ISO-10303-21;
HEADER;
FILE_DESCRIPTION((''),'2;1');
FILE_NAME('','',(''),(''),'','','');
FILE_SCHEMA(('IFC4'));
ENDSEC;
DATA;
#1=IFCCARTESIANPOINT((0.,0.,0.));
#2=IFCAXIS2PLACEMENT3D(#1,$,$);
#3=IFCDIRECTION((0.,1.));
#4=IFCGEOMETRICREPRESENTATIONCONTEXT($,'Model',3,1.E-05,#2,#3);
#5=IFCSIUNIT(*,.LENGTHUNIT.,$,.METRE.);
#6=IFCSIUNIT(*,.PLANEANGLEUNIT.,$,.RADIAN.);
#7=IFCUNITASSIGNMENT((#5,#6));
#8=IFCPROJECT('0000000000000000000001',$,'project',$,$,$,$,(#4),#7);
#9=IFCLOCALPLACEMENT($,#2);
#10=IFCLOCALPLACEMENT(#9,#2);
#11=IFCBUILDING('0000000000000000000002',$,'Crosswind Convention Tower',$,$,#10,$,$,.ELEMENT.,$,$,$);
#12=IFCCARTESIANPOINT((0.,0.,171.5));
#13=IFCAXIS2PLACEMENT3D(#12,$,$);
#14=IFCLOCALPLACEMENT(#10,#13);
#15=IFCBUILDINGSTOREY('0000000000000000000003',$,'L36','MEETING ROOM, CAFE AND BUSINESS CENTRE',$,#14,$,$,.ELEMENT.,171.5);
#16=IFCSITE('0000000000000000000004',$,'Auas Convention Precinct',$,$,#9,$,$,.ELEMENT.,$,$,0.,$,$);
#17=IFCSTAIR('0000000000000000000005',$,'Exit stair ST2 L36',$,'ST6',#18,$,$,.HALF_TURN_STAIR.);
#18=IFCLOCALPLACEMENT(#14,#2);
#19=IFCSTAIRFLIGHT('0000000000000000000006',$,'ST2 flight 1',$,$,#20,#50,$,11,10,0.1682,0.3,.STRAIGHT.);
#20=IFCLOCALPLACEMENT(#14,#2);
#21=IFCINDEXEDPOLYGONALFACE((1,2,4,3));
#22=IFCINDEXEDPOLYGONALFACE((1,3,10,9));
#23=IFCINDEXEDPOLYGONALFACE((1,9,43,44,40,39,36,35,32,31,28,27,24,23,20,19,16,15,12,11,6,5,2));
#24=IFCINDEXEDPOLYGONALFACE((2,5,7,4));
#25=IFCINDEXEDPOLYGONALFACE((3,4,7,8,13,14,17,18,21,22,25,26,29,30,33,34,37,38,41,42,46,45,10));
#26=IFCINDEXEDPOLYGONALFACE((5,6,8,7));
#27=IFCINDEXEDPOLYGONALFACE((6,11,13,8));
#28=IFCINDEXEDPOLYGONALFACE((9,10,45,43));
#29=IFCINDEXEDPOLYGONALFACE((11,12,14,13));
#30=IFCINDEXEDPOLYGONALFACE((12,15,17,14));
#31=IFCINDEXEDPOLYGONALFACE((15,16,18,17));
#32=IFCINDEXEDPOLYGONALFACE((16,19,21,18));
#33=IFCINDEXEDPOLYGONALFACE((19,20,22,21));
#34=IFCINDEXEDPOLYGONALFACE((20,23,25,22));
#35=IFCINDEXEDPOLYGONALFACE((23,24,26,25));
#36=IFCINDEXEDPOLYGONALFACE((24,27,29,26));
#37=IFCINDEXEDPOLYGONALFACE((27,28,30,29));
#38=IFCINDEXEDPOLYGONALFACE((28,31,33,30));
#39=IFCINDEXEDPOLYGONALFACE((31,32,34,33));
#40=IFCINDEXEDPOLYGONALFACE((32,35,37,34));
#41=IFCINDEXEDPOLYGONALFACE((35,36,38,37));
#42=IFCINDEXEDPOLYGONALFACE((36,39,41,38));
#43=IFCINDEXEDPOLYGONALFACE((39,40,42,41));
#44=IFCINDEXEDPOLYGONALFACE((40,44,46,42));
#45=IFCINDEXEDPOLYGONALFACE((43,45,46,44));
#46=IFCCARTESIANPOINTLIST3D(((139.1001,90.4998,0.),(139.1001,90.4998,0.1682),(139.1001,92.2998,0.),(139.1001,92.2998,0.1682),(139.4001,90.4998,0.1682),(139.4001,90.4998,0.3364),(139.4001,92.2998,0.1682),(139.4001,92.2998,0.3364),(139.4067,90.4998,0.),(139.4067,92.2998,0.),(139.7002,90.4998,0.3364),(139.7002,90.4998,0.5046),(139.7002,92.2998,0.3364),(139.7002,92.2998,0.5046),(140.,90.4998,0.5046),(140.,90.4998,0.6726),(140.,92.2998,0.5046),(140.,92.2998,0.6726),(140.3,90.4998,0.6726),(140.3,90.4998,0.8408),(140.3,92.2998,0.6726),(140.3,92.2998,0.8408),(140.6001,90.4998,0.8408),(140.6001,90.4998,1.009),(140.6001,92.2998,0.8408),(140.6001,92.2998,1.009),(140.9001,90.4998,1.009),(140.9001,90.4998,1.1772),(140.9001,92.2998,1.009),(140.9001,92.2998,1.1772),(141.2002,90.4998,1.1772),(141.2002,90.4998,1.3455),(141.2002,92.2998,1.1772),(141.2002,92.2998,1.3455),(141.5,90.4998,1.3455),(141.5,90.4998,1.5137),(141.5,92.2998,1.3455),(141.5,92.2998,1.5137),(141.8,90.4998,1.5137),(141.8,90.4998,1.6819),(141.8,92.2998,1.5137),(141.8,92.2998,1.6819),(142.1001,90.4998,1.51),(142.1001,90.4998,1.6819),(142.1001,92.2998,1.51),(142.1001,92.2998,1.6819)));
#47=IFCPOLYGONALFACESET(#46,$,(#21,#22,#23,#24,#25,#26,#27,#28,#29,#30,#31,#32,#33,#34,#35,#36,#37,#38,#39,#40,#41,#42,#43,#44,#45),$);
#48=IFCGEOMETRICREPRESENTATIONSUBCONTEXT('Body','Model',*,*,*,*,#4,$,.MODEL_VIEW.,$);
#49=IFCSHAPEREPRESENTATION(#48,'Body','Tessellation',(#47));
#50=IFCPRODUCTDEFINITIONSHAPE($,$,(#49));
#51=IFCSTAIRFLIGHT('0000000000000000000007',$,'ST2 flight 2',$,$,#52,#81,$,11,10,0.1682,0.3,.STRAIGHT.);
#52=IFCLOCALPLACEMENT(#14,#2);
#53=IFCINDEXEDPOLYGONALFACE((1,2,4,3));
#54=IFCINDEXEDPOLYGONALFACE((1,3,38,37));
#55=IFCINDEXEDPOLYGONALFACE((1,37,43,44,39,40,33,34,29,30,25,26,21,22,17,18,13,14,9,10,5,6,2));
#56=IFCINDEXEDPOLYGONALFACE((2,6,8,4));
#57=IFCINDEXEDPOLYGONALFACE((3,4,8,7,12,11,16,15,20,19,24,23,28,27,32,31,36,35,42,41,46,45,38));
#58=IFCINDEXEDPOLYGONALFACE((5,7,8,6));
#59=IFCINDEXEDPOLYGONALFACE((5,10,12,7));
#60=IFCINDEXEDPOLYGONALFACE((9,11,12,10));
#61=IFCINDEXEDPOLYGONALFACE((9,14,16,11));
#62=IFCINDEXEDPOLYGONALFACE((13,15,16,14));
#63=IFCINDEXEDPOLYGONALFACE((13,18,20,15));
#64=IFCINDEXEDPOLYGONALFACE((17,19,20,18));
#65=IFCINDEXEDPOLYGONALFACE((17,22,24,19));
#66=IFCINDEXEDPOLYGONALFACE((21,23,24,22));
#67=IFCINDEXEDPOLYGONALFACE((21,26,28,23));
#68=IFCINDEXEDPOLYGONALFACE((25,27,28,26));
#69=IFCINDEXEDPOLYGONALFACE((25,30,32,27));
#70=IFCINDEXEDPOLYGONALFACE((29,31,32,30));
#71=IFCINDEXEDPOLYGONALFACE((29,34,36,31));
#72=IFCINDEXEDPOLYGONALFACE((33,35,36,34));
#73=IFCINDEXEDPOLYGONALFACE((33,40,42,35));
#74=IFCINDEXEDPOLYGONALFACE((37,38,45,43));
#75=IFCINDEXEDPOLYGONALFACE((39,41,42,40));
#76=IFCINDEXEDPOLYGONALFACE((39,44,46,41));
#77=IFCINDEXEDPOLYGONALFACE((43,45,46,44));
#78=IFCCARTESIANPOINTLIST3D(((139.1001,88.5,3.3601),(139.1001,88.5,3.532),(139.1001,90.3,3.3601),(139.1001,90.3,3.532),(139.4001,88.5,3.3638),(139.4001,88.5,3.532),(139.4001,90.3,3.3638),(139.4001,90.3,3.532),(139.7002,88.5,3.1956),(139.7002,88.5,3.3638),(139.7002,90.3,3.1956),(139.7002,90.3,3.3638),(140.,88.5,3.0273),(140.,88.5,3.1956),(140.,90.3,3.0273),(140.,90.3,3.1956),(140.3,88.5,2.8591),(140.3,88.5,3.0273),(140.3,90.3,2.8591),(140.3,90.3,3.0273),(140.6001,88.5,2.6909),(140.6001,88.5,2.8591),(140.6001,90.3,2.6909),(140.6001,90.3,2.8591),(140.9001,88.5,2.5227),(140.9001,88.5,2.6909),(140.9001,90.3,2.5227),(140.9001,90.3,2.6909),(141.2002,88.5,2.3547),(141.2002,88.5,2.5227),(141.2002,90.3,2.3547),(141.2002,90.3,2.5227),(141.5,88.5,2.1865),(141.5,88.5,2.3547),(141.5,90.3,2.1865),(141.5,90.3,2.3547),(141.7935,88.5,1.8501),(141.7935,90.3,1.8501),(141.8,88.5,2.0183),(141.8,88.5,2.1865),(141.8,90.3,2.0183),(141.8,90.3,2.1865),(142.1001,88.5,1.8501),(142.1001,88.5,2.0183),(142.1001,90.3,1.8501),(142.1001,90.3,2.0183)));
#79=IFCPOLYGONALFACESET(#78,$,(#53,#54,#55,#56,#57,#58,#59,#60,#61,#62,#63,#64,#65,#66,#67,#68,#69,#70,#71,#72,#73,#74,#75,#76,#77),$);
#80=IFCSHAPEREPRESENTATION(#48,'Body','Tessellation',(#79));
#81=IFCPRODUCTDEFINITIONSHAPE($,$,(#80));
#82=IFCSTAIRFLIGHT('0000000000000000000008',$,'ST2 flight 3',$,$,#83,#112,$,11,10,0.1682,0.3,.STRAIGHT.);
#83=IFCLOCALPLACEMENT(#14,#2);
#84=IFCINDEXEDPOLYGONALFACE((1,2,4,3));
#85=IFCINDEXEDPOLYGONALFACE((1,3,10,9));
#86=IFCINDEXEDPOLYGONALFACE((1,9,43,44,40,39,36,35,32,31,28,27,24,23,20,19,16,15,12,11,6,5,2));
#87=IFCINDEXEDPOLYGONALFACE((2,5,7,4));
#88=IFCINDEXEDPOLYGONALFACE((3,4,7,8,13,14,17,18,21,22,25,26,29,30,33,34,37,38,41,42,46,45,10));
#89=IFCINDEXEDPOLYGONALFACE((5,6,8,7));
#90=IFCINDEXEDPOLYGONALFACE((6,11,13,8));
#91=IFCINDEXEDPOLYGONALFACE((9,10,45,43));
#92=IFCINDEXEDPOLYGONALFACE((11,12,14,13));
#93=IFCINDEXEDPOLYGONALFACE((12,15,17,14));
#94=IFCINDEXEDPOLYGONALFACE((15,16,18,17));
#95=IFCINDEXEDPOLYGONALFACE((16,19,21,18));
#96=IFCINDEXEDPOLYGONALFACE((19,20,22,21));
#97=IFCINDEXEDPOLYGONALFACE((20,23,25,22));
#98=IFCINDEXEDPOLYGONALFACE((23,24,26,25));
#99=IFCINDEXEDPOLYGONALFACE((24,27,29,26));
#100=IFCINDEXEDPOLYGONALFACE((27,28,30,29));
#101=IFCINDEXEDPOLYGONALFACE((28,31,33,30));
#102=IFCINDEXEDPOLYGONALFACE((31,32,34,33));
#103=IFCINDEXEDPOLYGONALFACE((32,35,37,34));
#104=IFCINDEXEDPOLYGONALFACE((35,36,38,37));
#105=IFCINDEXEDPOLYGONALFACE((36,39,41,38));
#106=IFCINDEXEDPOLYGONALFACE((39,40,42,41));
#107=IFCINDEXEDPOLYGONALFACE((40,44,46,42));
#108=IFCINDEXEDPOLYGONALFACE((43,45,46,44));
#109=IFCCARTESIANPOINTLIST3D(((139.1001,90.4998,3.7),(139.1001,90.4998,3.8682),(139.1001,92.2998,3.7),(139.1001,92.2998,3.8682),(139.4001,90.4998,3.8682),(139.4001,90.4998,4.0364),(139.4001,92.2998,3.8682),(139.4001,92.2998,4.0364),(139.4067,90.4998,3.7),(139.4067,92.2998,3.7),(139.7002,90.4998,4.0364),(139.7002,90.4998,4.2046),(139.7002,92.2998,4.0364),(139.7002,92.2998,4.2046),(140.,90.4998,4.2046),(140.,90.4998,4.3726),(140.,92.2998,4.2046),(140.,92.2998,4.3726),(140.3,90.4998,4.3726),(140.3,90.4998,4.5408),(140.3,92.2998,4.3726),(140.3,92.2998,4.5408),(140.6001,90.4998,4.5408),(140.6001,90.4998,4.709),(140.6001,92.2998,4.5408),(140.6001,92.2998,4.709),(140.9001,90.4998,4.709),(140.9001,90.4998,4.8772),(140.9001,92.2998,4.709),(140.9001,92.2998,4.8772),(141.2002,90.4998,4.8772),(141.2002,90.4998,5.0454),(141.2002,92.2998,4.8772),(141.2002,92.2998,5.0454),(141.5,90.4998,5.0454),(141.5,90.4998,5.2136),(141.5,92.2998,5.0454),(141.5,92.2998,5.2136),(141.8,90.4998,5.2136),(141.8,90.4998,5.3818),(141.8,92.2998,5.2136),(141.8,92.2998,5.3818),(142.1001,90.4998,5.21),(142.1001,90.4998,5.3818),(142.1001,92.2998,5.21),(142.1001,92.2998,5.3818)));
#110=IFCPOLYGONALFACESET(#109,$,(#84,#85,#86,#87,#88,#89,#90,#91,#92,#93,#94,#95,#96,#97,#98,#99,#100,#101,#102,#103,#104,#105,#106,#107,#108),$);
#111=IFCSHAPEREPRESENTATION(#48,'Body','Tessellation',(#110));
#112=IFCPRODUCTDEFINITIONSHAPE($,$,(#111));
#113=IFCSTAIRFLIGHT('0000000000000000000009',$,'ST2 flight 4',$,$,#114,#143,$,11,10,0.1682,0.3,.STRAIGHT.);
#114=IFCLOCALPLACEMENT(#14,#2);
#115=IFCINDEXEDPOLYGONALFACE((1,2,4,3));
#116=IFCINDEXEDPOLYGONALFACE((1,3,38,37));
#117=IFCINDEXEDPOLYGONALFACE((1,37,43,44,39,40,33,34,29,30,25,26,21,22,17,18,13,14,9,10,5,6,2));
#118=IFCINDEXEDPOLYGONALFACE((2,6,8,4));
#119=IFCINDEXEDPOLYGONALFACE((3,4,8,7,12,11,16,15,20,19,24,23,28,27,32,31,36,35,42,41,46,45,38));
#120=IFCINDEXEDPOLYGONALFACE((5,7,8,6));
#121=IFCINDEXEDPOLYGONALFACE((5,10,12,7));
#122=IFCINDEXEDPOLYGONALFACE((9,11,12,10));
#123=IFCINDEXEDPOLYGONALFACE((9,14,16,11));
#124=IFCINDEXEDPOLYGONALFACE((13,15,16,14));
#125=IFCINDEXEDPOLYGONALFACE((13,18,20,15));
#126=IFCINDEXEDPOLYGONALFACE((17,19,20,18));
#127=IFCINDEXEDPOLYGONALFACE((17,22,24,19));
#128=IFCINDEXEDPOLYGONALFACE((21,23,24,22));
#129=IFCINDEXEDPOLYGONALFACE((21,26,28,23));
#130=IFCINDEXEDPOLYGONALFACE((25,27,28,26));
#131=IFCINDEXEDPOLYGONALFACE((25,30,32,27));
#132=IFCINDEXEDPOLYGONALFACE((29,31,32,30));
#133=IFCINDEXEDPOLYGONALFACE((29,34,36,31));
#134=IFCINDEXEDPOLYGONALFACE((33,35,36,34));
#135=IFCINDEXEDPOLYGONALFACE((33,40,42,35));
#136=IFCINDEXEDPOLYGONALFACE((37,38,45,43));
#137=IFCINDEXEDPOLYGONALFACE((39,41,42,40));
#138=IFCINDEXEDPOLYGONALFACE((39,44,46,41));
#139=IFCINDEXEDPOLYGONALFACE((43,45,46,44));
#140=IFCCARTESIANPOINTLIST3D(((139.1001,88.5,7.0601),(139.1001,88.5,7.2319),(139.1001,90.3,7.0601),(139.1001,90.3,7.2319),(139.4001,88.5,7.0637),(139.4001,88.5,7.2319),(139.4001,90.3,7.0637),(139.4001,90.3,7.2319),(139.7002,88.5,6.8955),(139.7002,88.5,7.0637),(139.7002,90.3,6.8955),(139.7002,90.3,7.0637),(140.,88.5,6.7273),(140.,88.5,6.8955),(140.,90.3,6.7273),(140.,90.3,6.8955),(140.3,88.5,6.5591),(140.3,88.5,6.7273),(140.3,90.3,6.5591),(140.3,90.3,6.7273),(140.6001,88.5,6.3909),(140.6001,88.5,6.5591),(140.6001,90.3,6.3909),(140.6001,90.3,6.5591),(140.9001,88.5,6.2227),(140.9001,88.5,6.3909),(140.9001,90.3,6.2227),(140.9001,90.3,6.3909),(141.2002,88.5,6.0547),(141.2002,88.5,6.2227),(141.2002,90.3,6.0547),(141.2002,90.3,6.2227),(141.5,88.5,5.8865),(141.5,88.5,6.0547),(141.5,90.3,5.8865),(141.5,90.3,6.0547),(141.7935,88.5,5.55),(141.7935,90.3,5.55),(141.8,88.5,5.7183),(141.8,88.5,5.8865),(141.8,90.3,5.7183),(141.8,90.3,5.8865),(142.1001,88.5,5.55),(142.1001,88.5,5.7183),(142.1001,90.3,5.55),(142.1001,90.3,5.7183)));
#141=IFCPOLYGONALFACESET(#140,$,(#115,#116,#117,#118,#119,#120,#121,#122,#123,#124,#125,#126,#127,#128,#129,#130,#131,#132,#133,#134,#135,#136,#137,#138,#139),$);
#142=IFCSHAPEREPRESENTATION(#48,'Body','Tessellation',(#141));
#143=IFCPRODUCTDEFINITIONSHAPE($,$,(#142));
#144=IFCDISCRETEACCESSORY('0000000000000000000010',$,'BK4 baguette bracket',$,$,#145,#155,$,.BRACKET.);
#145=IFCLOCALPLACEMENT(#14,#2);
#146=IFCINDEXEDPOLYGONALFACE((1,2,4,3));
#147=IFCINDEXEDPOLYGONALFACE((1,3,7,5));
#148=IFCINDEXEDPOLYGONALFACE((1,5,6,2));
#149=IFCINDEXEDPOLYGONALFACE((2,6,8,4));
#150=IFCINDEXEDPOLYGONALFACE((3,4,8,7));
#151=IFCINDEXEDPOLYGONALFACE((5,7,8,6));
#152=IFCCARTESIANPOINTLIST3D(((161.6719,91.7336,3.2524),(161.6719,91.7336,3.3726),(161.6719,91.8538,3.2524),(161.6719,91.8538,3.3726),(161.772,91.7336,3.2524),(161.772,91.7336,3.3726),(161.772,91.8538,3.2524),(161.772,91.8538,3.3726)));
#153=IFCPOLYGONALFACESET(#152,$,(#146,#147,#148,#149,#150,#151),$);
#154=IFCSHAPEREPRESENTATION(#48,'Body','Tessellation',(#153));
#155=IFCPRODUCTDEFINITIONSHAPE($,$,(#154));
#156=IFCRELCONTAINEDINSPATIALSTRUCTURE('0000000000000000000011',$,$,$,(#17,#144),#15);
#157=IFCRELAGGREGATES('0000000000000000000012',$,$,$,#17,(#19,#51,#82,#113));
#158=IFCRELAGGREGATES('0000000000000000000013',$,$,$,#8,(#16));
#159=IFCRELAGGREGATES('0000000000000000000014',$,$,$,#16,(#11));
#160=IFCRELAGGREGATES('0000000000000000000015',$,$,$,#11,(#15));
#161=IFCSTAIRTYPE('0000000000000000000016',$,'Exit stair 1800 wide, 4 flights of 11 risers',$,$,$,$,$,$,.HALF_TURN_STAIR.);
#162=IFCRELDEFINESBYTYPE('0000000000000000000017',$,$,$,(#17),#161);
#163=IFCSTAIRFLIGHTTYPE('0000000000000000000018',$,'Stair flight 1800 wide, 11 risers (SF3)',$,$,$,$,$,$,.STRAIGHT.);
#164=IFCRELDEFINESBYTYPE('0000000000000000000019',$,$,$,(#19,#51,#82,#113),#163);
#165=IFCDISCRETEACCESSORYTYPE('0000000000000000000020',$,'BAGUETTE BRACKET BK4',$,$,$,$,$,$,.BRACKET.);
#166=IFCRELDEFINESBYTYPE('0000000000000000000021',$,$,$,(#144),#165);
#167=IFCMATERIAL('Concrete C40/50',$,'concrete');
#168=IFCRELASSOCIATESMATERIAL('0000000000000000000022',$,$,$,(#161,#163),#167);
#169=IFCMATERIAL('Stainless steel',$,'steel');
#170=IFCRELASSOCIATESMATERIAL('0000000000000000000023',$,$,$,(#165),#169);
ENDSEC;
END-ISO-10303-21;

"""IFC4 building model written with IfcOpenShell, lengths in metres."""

from ifc_helpers import new_model, si_unit, direction, frame, origin, origin_2d, place, context, subcontext, project, spatial, polyline, rectangle, outline, extrude, material, type_object, element, aggregate, save


model = new_model("IFC4")

# Units and contexts
model_context = context("Model", 3, precision=1e-05, world=origin(), true_north=direction((0.0, 1.0)))
body_context = subcontext(model_context, "Body", "Model", "MODEL_VIEW")
ifc_project = project(units=[si_unit("LENGTHUNIT", "METRE"), si_unit("PLANEANGLEUNIT", "RADIAN")], contexts=[model_context])

# Site, building, storey
site_placement = place(None, origin())
site = spatial("IfcSite", under=ifc_project, at=site_placement, Name="Auas Convention Precinct", CompositionType="ELEMENT", RefElevation=0.0)
building_placement = place(site_placement, origin())
building = spatial("IfcBuilding", under=site, at=building_placement, Name="Crosswind Convention Tower", CompositionType="ELEMENT")
storey_placement = place(building_placement, frame((0.0, 0.0, 171.5)))
storey = spatial("IfcBuildingStorey", under=building, at=storey_placement, Name="L36", Description="MEETING ROOM, CAFE AND BUSINESS CENTRE", CompositionType="ELEMENT", Elevation=171.5)

# Stair, stair flights
ifc_material_1 = material(Name="Concrete C40/50", Category="concrete")
stair_type = type_object("IfcStairType", Name="Exit stair 1800 wide, 4 flights of 11 risers", PredefinedType="HALF_TURN_STAIR", material=ifc_material_1)
stair_placement = place(storey_placement, origin())
stair = element("IfcStair", 1, at=stair_placement, inside=storey, type_object=stair_type, Name="Exit stair ST2 L36", ObjectType="ST6", PredefinedType="HALF_TURN_STAIR")
stair_flight_type = type_object("IfcStairFlightType", Name="Stair flight 1800 wide, 11 risers (SF3)", PredefinedType="STRAIGHT", material=ifc_material_1)
stair_flight_1_placement = place(storey_placement, frame((139.1001, 91.3999, 0.0), z_axis=(0.0, 0.0, 1.0), x_axis=(1.0, 0.0, 0.0)))
stair_flight_1 = element("IfcStairFlight", 2, at=stair_flight_1_placement, type_object=stair_flight_type, Name="ST2 flight 1", NumberOfRisers=11, NumberOfTreads=10, PredefinedType="STRAIGHT", RiserHeight=0.1682, TreadLength=0.3, context=body_context, shape_type="SweptSolid", body=[
    extrude(outline(polyline([(0.0, 0.0), (0.0, 0.1682), (0.3, 0.1682), (0.3, 0.3364), (0.6001, 0.3364), (0.6001, 0.5046), (0.8999, 0.5046), (0.8999, 0.6726), (1.2, 0.6726), (1.2, 0.8408), (1.5, 0.8408), (1.5, 1.009), (1.8, 1.009), (1.8, 1.1772), (2.1001, 1.1772), (2.1001, 1.3455), (2.3999, 1.3455), (2.3999, 1.5137), (2.7, 1.5137), (2.7, 1.6819), (3.0, 1.6819), (3.0, 1.8501), (3.0, 1.51), (0.3066, 0.0), (0.0, 0.0)])), frame((0.0, 0.8999, 0.0), z_axis=(0.0, -1.0, 0.0), x_axis=(1.0, 0.0, 0.0)), (0.0, 0.0, 1.0), 1.8),
])
stair_flight_2_placement = place(storey_placement, frame((142.1001, 89.3999, 1.8501), z_axis=(0.0, 0.0, 1.0), x_axis=(-1.0, 0.0, 0.0)))
stair_flight_2 = element("IfcStairFlight", 3, at=stair_flight_2_placement, type_object=stair_flight_type, Name="ST2 flight 2", NumberOfRisers=11, NumberOfTreads=10, PredefinedType="STRAIGHT", RiserHeight=0.1682, TreadLength=0.3, context=body_context, shape_type="SweptSolid", body=[
    extrude(outline(polyline([(0.0, 0.0), (0.0, 0.1682), (0.3, 0.1682), (0.3, 0.3364), (0.6001, 0.3364), (0.6001, 0.5046), (0.8999, 0.5046), (0.8999, 0.6726), (1.2, 0.6726), (1.2, 0.8408), (1.5, 0.8408), (1.5, 1.009), (1.8, 1.009), (1.8, 1.1772), (2.1001, 1.1772), (2.1001, 1.3455), (2.3999, 1.3455), (2.3999, 1.5137), (2.7, 1.5137), (2.7, 1.6819), (3.0, 1.6819), (3.0, 1.8501), (3.0, 1.51), (0.3066, 0.0), (0.0, 0.0)])), frame((0.0, 0.8999, 0.0), z_axis=(0.0, -1.0, 0.0), x_axis=(1.0, 0.0, 0.0)), (0.0, 0.0, 1.0), 1.8),
])
stair_flight_3_placement = place(storey_placement, frame((139.1001, 91.3999, 3.7), z_axis=(0.0, 0.0, 1.0), x_axis=(1.0, 0.0, 0.0)))
stair_flight_3 = element("IfcStairFlight", 4, at=stair_flight_3_placement, type_object=stair_flight_type, Name="ST2 flight 3", NumberOfRisers=11, NumberOfTreads=10, PredefinedType="STRAIGHT", RiserHeight=0.1682, TreadLength=0.3, context=body_context, shape_type="SweptSolid", body=[
    extrude(outline(polyline([(0.0, 0.0), (0.0, 0.1682), (0.3, 0.1682), (0.3, 0.3364), (0.6001, 0.3364), (0.6001, 0.5046), (0.8999, 0.5046), (0.8999, 0.6726), (1.2, 0.6726), (1.2, 0.8408), (1.5, 0.8408), (1.5, 1.009), (1.8, 1.009), (1.8, 1.1772), (2.1001, 1.1772), (2.1001, 1.3455), (2.3999, 1.3455), (2.3999, 1.5137), (2.7, 1.5137), (2.7, 1.6819), (3.0, 1.6819), (3.0, 1.8501), (3.0, 1.51), (0.3066, 0.0), (0.0, 0.0)])), frame((0.0, 0.8999, 0.0), z_axis=(0.0, -1.0, 0.0), x_axis=(1.0, 0.0, 0.0)), (0.0, 0.0, 1.0), 1.8),
])
stair_flight_4_placement = place(storey_placement, frame((142.1001, 89.3999, 5.55), z_axis=(0.0, 0.0, 1.0), x_axis=(-1.0, 0.0, 0.0)))
stair_flight_4 = element("IfcStairFlight", 5, at=stair_flight_4_placement, type_object=stair_flight_type, Name="ST2 flight 4", NumberOfRisers=11, NumberOfTreads=10, PredefinedType="STRAIGHT", RiserHeight=0.1682, TreadLength=0.3, context=body_context, shape_type="SweptSolid", body=[
    extrude(outline(polyline([(0.0, 0.0), (0.0, 0.1682), (0.3, 0.1682), (0.3, 0.3364), (0.6001, 0.3364), (0.6001, 0.5046), (0.8999, 0.5046), (0.8999, 0.6726), (1.2, 0.6726), (1.2, 0.8408), (1.5, 0.8408), (1.5, 1.009), (1.8, 1.009), (1.8, 1.1772), (2.1001, 1.1772), (2.1001, 1.3455), (2.3999, 1.3455), (2.3999, 1.5137), (2.7, 1.5137), (2.7, 1.6819), (3.0, 1.6819), (3.0, 1.8501), (3.0, 1.51), (0.3066, 0.0), (0.0, 0.0)])), frame((0.0, 0.8999, 0.0), z_axis=(0.0, -1.0, 0.0), x_axis=(1.0, 0.0, 0.0)), (0.0, 0.0, 1.0), 1.8),
])
aggregate(stair, [stair_flight_1, stair_flight_2, stair_flight_3, stair_flight_4])

# Shared definitions
ifc_material_2 = material(Name="Stainless steel", Category="steel")

# Discrete accessory
discrete_accessory_type = type_object("IfcDiscreteAccessoryType", Name="BAGUETTE BRACKET BK4", PredefinedType="BRACKET", material=ifc_material_2)
discrete_accessory_placement = place(storey_placement, frame((161.7219, 91.7937, 3.2524), z_axis=(0.0, 0.0, 1.0), x_axis=(0.0, 1.0, 0.0)))
element("IfcDiscreteAccessory", 6, at=discrete_accessory_placement, inside=storey, type_object=discrete_accessory_type, Name="BK4 baguette bracket", PredefinedType="BRACKET", context=body_context, shape_type="SweptSolid", body=[
    extrude(rectangle(XDim=0.1201, YDim=0.1001, at=origin_2d()), origin(), (0.0, 0.0, 1.0), 0.1201),
])

save(model, "model.ifc")
